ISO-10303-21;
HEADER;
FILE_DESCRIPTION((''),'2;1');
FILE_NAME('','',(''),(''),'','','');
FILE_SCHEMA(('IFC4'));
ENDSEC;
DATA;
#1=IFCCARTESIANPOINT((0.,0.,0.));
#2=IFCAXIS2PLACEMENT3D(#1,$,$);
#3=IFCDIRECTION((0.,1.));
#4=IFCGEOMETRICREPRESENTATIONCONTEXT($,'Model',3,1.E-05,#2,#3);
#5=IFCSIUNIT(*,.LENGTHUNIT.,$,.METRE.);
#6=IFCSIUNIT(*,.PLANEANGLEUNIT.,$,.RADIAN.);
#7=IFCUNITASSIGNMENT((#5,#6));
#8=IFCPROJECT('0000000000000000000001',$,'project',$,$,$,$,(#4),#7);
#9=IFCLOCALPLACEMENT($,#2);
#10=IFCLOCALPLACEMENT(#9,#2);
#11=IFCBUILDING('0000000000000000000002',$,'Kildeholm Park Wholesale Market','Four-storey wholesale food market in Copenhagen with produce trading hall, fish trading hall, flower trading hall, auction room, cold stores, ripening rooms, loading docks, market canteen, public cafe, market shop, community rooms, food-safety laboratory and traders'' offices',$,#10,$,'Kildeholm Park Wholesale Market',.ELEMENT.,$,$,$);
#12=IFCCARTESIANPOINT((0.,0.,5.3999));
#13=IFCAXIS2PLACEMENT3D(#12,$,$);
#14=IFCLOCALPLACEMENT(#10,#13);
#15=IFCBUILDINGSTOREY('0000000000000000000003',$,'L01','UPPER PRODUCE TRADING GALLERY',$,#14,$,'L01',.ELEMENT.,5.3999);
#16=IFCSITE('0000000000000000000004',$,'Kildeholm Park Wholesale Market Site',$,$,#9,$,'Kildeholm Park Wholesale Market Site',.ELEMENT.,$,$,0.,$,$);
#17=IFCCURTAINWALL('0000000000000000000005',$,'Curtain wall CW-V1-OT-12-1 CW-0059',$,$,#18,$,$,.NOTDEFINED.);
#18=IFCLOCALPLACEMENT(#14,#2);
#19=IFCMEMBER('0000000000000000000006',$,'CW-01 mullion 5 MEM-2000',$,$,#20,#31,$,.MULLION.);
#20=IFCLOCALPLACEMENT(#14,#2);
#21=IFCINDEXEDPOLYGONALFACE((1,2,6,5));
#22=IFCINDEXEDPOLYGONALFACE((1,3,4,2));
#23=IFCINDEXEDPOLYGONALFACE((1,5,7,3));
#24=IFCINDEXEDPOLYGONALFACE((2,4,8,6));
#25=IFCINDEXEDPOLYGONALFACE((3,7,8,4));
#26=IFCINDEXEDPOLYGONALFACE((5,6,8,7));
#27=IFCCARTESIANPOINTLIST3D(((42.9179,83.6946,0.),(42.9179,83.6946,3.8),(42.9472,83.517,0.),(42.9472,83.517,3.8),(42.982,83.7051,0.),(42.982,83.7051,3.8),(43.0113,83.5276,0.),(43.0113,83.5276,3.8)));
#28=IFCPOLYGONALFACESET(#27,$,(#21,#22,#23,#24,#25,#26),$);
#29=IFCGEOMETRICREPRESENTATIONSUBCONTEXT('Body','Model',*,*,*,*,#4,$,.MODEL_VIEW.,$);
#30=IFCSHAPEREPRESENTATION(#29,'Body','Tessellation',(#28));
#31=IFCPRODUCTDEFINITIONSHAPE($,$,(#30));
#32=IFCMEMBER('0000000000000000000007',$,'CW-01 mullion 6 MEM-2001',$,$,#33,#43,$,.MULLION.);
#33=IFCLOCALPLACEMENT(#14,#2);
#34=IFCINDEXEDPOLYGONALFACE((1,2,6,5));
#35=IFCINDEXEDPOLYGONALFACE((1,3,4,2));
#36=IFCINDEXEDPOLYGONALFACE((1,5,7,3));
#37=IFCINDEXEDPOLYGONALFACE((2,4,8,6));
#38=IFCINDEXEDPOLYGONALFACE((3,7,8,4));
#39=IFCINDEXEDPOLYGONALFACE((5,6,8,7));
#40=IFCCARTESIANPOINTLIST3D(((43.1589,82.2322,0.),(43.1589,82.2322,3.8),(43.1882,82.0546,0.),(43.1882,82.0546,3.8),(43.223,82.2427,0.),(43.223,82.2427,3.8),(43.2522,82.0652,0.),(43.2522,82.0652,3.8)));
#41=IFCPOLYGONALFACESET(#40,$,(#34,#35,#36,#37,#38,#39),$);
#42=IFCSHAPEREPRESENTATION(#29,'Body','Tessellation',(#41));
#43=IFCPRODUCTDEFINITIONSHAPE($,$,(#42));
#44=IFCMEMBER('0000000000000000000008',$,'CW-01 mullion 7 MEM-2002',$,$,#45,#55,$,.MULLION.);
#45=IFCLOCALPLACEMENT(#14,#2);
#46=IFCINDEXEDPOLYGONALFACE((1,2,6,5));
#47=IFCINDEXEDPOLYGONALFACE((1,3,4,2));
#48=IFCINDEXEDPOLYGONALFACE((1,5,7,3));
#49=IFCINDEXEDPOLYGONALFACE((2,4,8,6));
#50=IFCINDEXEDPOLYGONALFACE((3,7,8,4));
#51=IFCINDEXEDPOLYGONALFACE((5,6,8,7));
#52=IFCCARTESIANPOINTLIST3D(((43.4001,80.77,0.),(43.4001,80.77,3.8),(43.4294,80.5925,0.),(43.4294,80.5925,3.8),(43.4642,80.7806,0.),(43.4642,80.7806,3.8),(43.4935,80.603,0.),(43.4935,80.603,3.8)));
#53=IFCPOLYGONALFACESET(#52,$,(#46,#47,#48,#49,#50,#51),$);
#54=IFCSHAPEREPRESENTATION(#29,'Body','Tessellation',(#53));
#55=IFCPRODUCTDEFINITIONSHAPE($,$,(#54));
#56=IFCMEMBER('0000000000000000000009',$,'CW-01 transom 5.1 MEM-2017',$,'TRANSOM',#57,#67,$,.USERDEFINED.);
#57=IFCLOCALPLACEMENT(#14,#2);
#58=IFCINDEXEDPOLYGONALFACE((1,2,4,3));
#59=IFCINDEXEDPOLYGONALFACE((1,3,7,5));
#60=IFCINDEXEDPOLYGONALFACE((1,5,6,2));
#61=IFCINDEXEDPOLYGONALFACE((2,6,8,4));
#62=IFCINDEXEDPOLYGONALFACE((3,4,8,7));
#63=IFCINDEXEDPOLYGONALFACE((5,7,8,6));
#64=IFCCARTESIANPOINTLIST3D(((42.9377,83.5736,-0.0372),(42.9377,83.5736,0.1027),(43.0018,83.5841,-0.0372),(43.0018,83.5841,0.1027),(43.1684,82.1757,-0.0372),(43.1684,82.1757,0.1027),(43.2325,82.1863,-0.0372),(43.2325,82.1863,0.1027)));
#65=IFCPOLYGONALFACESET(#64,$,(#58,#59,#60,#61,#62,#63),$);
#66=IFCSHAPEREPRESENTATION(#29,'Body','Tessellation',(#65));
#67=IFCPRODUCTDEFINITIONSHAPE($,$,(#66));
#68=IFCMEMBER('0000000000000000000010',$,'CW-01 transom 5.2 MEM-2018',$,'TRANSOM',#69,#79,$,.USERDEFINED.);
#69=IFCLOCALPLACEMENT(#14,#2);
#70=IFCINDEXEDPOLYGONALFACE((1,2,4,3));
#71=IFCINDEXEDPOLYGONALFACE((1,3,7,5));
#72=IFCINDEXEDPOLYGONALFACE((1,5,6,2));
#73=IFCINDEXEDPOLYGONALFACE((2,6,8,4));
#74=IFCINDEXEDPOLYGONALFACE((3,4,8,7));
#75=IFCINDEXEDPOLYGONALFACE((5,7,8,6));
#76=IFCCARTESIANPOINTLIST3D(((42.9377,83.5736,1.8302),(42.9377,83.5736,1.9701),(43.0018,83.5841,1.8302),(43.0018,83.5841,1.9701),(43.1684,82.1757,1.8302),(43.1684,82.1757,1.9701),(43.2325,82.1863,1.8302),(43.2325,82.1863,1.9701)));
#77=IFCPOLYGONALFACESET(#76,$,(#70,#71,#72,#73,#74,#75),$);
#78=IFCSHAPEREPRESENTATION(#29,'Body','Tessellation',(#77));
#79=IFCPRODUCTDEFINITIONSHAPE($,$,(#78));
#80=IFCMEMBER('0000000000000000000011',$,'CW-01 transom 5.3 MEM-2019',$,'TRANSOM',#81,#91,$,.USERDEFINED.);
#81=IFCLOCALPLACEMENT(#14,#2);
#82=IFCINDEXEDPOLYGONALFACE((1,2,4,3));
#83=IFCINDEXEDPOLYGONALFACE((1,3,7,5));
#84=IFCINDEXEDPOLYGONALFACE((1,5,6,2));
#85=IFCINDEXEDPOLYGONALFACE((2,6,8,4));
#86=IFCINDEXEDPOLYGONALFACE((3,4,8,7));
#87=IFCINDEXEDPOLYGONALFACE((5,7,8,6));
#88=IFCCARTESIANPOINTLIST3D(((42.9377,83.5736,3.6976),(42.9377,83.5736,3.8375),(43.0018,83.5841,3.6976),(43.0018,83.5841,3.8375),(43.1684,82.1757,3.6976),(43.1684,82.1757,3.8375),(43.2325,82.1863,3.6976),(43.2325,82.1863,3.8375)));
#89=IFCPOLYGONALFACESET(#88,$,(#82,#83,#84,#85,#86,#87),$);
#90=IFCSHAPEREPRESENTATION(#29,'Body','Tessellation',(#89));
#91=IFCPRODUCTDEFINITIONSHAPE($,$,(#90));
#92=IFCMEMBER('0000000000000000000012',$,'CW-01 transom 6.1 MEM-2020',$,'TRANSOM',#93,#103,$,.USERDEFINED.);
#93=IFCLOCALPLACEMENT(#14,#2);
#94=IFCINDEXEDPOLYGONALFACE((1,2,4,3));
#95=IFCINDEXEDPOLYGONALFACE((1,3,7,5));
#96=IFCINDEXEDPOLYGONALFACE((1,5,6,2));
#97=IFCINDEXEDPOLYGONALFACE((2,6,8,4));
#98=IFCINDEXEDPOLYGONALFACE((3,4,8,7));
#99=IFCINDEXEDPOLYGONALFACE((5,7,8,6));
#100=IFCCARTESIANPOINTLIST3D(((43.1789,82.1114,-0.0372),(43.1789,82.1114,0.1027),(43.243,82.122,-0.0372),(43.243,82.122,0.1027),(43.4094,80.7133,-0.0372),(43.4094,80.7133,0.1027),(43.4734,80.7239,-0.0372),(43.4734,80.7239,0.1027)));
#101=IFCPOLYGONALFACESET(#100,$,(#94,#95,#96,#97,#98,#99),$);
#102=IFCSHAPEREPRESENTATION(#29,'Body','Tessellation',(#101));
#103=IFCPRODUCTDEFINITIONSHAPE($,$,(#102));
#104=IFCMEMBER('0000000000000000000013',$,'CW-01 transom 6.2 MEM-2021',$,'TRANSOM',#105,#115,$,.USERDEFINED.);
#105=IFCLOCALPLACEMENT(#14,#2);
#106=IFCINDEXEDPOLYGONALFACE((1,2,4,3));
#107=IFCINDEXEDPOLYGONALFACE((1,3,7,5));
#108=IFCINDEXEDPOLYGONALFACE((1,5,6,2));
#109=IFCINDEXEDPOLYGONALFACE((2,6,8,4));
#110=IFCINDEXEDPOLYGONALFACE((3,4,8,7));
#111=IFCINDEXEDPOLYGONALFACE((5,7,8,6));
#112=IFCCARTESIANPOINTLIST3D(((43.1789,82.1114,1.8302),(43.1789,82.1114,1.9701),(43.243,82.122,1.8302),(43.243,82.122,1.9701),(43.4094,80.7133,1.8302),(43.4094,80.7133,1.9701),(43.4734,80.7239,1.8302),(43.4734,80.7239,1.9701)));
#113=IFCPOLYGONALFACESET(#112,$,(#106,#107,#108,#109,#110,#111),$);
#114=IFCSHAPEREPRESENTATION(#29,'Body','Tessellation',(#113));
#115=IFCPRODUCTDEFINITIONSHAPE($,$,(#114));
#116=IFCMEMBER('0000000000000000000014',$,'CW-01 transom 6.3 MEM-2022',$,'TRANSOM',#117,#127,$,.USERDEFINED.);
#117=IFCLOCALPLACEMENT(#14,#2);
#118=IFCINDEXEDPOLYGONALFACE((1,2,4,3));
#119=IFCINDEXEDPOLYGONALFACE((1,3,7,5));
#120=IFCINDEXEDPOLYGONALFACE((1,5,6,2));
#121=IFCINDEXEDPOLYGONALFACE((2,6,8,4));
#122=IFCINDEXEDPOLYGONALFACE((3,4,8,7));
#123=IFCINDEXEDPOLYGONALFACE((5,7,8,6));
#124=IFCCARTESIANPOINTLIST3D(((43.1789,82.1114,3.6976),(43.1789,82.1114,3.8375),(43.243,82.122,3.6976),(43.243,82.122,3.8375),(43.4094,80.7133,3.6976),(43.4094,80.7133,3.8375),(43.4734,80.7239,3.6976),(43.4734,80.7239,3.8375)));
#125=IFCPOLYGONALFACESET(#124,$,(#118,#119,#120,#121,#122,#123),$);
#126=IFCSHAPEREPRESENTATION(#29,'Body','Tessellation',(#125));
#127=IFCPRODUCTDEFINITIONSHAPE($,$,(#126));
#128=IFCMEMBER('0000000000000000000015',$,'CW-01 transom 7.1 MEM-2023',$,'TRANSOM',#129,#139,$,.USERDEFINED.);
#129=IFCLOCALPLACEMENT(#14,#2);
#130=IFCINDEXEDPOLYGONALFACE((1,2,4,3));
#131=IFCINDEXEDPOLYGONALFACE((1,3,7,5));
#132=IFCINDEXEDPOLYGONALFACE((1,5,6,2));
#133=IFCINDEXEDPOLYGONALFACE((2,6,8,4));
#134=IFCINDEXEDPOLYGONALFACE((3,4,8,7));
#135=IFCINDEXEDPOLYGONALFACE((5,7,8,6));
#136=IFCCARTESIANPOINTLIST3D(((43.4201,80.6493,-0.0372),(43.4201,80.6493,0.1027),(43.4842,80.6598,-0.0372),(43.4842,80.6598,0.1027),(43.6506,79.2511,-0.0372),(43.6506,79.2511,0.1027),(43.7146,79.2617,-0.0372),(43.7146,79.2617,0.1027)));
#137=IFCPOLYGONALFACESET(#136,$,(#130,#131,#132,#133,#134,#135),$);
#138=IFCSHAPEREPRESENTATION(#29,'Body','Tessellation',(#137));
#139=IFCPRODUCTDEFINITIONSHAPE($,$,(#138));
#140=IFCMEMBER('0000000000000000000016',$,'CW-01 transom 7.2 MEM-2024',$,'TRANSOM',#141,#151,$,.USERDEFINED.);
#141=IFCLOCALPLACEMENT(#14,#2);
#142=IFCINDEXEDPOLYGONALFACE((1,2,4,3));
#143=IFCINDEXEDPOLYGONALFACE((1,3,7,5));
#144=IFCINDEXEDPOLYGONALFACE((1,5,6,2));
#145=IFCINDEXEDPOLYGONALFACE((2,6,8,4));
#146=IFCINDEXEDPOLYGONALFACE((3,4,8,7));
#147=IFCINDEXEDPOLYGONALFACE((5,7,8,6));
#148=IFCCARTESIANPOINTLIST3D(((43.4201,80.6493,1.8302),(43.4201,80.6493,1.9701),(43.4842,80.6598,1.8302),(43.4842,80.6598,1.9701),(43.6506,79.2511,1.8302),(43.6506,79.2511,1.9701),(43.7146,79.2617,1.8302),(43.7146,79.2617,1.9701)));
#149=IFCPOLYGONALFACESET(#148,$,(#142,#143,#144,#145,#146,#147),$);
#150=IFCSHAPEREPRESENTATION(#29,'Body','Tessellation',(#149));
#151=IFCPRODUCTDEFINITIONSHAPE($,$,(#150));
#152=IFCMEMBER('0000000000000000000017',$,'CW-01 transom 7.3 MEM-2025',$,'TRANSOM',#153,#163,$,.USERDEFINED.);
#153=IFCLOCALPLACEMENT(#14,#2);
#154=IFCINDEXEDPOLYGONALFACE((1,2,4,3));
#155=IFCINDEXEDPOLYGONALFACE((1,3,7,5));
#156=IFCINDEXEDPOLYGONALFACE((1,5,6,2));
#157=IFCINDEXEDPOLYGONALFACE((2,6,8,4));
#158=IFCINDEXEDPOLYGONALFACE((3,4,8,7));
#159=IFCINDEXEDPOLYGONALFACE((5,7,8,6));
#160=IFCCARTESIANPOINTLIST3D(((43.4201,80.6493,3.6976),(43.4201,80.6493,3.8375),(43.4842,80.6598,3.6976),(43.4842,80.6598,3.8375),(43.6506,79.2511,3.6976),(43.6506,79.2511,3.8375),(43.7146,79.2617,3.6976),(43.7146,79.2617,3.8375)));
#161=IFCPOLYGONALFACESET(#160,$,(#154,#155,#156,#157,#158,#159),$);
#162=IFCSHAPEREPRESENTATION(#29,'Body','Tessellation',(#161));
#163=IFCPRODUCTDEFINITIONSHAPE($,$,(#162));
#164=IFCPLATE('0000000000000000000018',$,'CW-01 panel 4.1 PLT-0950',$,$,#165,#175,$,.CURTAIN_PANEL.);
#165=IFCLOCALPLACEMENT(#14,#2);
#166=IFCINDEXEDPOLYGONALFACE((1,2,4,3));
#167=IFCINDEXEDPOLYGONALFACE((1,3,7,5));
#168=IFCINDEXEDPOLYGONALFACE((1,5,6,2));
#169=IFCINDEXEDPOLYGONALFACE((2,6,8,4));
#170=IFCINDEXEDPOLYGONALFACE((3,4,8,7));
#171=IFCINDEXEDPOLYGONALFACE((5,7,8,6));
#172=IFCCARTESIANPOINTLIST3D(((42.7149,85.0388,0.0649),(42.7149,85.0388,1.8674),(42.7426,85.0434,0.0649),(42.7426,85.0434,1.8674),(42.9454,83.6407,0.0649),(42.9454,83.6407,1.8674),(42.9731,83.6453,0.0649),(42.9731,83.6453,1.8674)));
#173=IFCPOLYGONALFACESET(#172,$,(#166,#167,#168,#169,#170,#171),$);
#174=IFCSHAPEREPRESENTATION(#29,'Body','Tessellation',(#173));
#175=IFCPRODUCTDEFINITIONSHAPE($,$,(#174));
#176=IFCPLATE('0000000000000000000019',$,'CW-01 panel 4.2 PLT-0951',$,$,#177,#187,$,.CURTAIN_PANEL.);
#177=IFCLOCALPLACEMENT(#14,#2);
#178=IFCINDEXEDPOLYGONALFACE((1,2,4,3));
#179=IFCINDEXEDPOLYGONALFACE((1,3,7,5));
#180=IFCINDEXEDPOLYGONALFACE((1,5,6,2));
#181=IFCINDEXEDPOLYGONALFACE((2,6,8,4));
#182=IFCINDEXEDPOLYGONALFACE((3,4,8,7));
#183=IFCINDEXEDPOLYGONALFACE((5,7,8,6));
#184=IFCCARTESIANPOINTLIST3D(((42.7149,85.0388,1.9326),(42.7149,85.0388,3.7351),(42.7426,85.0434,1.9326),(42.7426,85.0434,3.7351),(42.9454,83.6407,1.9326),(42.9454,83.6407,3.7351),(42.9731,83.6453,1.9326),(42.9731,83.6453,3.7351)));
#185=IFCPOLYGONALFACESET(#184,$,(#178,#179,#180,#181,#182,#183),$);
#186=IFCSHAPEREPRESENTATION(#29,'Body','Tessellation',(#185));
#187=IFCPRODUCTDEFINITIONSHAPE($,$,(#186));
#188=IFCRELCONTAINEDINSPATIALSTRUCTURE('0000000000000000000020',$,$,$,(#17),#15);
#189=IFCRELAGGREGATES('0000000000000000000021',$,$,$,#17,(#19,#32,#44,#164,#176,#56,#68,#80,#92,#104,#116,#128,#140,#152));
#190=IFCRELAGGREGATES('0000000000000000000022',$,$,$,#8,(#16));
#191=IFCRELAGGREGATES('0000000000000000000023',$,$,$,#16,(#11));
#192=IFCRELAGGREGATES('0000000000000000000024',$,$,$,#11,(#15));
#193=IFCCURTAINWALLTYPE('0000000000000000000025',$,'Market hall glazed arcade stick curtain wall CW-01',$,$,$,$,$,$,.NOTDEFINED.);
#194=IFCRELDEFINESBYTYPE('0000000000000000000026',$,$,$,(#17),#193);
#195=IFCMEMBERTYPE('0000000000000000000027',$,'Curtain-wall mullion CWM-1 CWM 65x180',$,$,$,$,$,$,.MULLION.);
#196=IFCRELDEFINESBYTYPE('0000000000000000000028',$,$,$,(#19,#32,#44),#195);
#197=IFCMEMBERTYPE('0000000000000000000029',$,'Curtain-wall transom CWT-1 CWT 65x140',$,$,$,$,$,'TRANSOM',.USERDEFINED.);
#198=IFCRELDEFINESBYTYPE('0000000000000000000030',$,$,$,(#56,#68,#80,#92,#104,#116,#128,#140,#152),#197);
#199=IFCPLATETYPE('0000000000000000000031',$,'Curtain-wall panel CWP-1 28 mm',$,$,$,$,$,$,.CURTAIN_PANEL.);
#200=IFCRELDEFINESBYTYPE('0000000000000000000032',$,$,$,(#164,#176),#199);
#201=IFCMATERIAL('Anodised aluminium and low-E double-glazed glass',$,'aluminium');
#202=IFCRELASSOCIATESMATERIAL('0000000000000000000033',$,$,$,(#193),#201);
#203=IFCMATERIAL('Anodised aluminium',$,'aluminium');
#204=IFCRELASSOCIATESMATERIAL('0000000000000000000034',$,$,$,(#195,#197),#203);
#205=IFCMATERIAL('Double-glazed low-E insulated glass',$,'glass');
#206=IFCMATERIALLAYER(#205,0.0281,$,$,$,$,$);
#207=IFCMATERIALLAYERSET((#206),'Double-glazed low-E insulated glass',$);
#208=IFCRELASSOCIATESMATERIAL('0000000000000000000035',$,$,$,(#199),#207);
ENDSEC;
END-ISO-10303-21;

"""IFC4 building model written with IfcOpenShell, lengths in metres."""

from ifc_helpers import new_model, si_unit, direction, frame, origin, origin_2d, place, context, subcontext, project, spatial, rectangle, extrude, material, layer, layer_set, material_profile, profile_set, type_object, element, aggregate, save


model = new_model("IFC4")

# Units and contexts
model_context = context("Model", 3, precision=1e-05, world=origin(), true_north=direction((0.0, 1.0)))
body_context = subcontext(model_context, "Body", "Model", "MODEL_VIEW")
ifc_project = project(units=[si_unit("LENGTHUNIT", "METRE"), si_unit("PLANEANGLEUNIT", "RADIAN")], contexts=[model_context])

# Site, building, storey
site_placement = place(None, origin())
site = spatial("IfcSite", under=ifc_project, at=site_placement, Name="Kildeholm Park Wholesale Market Site", LongName="Kildeholm Park Wholesale Market Site", CompositionType="ELEMENT", RefElevation=0.0)
building_placement = place(site_placement, origin())
building = spatial("IfcBuilding", under=site, at=building_placement, Name="Kildeholm Park Wholesale Market", Description="Four-storey wholesale food market in Copenhagen with produce trading hall, fish trading hall, flower trading hall, auction room, cold stores, ripening rooms, loading docks, market canteen, public cafe, market shop, community rooms, food-safety laboratory and traders' offices", LongName="Kildeholm Park Wholesale Market", CompositionType="ELEMENT")
storey_placement = place(building_placement, frame((0.0, 0.0, 5.3999)))
storey = spatial("IfcBuildingStorey", under=building, at=storey_placement, Name="L01", Description="UPPER PRODUCE TRADING GALLERY", LongName="L01", CompositionType="ELEMENT", Elevation=5.3999)

# Curtain wall, members, plates
ifc_material_1 = material(Name="Anodised aluminium and low-E double-glazed glass", Category="aluminium")
curtain_wall_type = type_object("IfcCurtainWallType", Name="Market hall glazed arcade stick curtain wall CW-01", PredefinedType="NOTDEFINED", material=ifc_material_1)
curtain_wall_placement = place(storey_placement, origin())
curtain_wall = element("IfcCurtainWall", 1, at=curtain_wall_placement, inside=storey, type_object=curtain_wall_type, Name="Curtain wall CW-V1-OT-12-1 CW-0059", PredefinedType="NOTDEFINED")
ifc_material_2 = material(Name="Anodised aluminium", Category="aluminium")
ifc_material_profile_1 = material_profile(ifc_material_2, rectangle(XDim=0.0649, YDim=0.1799, at=origin_2d()), Name="CWM 65x180")
ifc_profile_set_1 = profile_set([ifc_material_profile_1], Name="Anodised aluminium")
member_type_1 = type_object("IfcMemberType", Name="Curtain-wall mullion CWM-1 CWM 65x180", PredefinedType="MULLION", material=ifc_profile_set_1)
member_1_placement = place(storey_placement, frame((42.9646, 83.6111, 0.0), z_axis=(0.0, 0.0, 1.0), x_axis=(0.986675, 0.162703, 0.0)))
member_1 = element("IfcMember", 2, at=member_1_placement, type_object=member_type_1, Name="CW-01 mullion 5 MEM-2000", PredefinedType="MULLION", context=body_context, shape_type="SweptSolid", body=[
    extrude(rectangle(XDim=0.0649, YDim=0.1799, at=origin_2d()), origin(), (0.0, 0.0, 1.0), 3.8),
])
member_2_placement = place(storey_placement, frame((43.2056, 82.1487, 0.0), z_axis=(0.0, 0.0, 1.0), x_axis=(0.986675, 0.162703, 0.0)))
member_2 = element("IfcMember", 3, at=member_2_placement, type_object=member_type_1, Name="CW-01 mullion 6 MEM-2001", PredefinedType="MULLION", context=body_context, shape_type="SweptSolid", body=[
    extrude(rectangle(XDim=0.0649, YDim=0.1799, at=origin_2d()), origin(), (0.0, 0.0, 1.0), 3.8),
])
member_3_placement = place(storey_placement, frame((43.4468, 80.6865, 0.0), z_axis=(0.0, 0.0, 1.0), x_axis=(0.986675, 0.162703, 0.0)))
member_3 = element("IfcMember", 4, at=member_3_placement, type_object=member_type_1, Name="CW-01 mullion 7 MEM-2002", PredefinedType="MULLION", context=body_context, shape_type="SweptSolid", body=[
    extrude(rectangle(XDim=0.0649, YDim=0.1799, at=origin_2d()), origin(), (0.0, 0.0, 1.0), 3.8),
])
ifc_material_profile_2 = material_profile(ifc_material_2, rectangle(XDim=0.0649, YDim=0.1399, at=origin_2d()), Name="CWT 65x140")
ifc_profile_set_2 = profile_set([ifc_material_profile_2], Name="Anodised aluminium")
member_type_2 = type_object("IfcMemberType", Name="Curtain-wall transom CWT-1 CWT 65x140", ElementType="TRANSOM", PredefinedType="USERDEFINED", material=ifc_profile_set_2)
member_4_placement = place(storey_placement, frame((42.9697, 83.5789, 0.0327), z_axis=(0.162834, -0.986653, 0.0), x_axis=(0.986653, 0.162834, 0.0)))
member_4 = element("IfcMember", 5, at=member_4_placement, type_object=member_type_2, Name="CW-01 transom 5.1 MEM-2017", ObjectType="TRANSOM", PredefinedType="USERDEFINED", context=body_context, shape_type="SweptSolid", body=[
    extrude(rectangle(XDim=0.0649, YDim=0.1399, at=origin_2d()), origin(), (0.0, 0.0, 1.0), 1.4167),
])
member_5_placement = place(storey_placement, frame((42.9697, 83.5789, 1.9001), z_axis=(0.162834, -0.986653, 0.0), x_axis=(0.986653, 0.162834, 0.0)))
member_5 = element("IfcMember", 6, at=member_5_placement, type_object=member_type_2, Name="CW-01 transom 5.2 MEM-2018", ObjectType="TRANSOM", PredefinedType="USERDEFINED", context=body_context, shape_type="SweptSolid", body=[
    extrude(rectangle(XDim=0.0649, YDim=0.1399, at=origin_2d()), origin(), (0.0, 0.0, 1.0), 1.4167),
])
member_6_placement = place(storey_placement, frame((42.9697, 83.5789, 3.7676), z_axis=(0.162834, -0.986653, 0.0), x_axis=(0.986653, 0.162834, 0.0)))
member_6 = element("IfcMember", 7, at=member_6_placement, type_object=member_type_2, Name="CW-01 transom 5.3 MEM-2019", ObjectType="TRANSOM", PredefinedType="USERDEFINED", context=body_context, shape_type="SweptSolid", body=[
    extrude(rectangle(XDim=0.0649, YDim=0.1399, at=origin_2d()), origin(), (0.0, 0.0, 1.0), 1.4167),
])
member_7_placement = place(storey_placement, frame((43.2109, 82.1167, 0.0327), z_axis=(0.162639, -0.986686, 0.0), x_axis=(0.986686, 0.162639, 0.0)))
member_7 = element("IfcMember", 8, at=member_7_placement, type_object=member_type_2, Name="CW-01 transom 6.1 MEM-2020", ObjectType="TRANSOM", PredefinedType="USERDEFINED", context=body_context, shape_type="SweptSolid", body=[
    extrude(rectangle(XDim=0.0649, YDim=0.1399, at=origin_2d()), origin(), (0.0, 0.0, 1.0), 1.417),
])
member_8_placement = place(storey_placement, frame((43.2109, 82.1167, 1.9001), z_axis=(0.162639, -0.986686, 0.0), x_axis=(0.986686, 0.162639, 0.0)))
member_8 = element("IfcMember", 9, at=member_8_placement, type_object=member_type_2, Name="CW-01 transom 6.2 MEM-2021", ObjectType="TRANSOM", PredefinedType="USERDEFINED", context=body_context, shape_type="SweptSolid", body=[
    extrude(rectangle(XDim=0.0649, YDim=0.1399, at=origin_2d()), origin(), (0.0, 0.0, 1.0), 1.417),
])
member_9_placement = place(storey_placement, frame((43.2109, 82.1167, 3.7676), z_axis=(0.162639, -0.986686, 0.0), x_axis=(0.986686, 0.162639, 0.0)))
member_9 = element("IfcMember", 10, at=member_9_placement, type_object=member_type_2, Name="CW-01 transom 6.3 MEM-2022", ObjectType="TRANSOM", PredefinedType="USERDEFINED", context=body_context, shape_type="SweptSolid", body=[
    extrude(rectangle(XDim=0.0649, YDim=0.1399, at=origin_2d()), origin(), (0.0, 0.0, 1.0), 1.417),
])
member_10_placement = place(storey_placement, frame((43.4521, 80.6545, 0.0327), z_axis=(0.162639, -0.986686, 0.0), x_axis=(0.986686, 0.162639, 0.0)))
member_10 = element("IfcMember", 11, at=member_10_placement, type_object=member_type_2, Name="CW-01 transom 7.1 MEM-2023", ObjectType="TRANSOM", PredefinedType="USERDEFINED", context=body_context, shape_type="SweptSolid", body=[
    extrude(rectangle(XDim=0.0649, YDim=0.1399, at=origin_2d()), origin(), (0.0, 0.0, 1.0), 1.417),
])
member_11_placement = place(storey_placement, frame((43.4521, 80.6545, 1.9001), z_axis=(0.162639, -0.986686, 0.0), x_axis=(0.986686, 0.162639, 0.0)))
member_11 = element("IfcMember", 12, at=member_11_placement, type_object=member_type_2, Name="CW-01 transom 7.2 MEM-2024", ObjectType="TRANSOM", PredefinedType="USERDEFINED", context=body_context, shape_type="SweptSolid", body=[
    extrude(rectangle(XDim=0.0649, YDim=0.1399, at=origin_2d()), origin(), (0.0, 0.0, 1.0), 1.417),
])
member_12_placement = place(storey_placement, frame((43.4521, 80.6545, 3.7676), z_axis=(0.162639, -0.986686, 0.0), x_axis=(0.986686, 0.162639, 0.0)))
member_12 = element("IfcMember", 13, at=member_12_placement, type_object=member_type_2, Name="CW-01 transom 7.3 MEM-2025", ObjectType="TRANSOM", PredefinedType="USERDEFINED", context=body_context, shape_type="SweptSolid", body=[
    extrude(rectangle(XDim=0.0649, YDim=0.1399, at=origin_2d()), origin(), (0.0, 0.0, 1.0), 1.417),
])
ifc_material_3 = material(Name="Double-glazed low-E insulated glass", Category="glass")
ifc_layer = layer(ifc_material_3, 0.0281)
ifc_layer_set = layer_set([ifc_layer], Name="Double-glazed low-E insulated glass")
plate_type = type_object("IfcPlateType", Name="Curtain-wall panel CWP-1 28 mm", PredefinedType="CURTAIN_PANEL", material=ifc_layer_set)
plate_1_placement = place(storey_placement, frame((42.844, 84.342, 0.0649), z_axis=(0.0, 0.0, 1.0), x_axis=(0.162703, -0.986675, 0.0)))
plate_1 = element("IfcPlate", 14, at=plate_1_placement, type_object=plate_type, Name="CW-01 panel 4.1 PLT-0950", PredefinedType="CURTAIN_PANEL", context=body_context, shape_type="SweptSolid", body=[
    extrude(rectangle(XDim=1.417, YDim=0.0281, at=origin_2d()), origin(), (0.0, 0.0, 1.0), 1.8025),
])
plate_2_placement = place(storey_placement, frame((42.844, 84.342, 1.9326), z_axis=(0.0, 0.0, 1.0), x_axis=(0.162703, -0.986675, 0.0)))
plate_2 = element("IfcPlate", 15, at=plate_2_placement, type_object=plate_type, Name="CW-01 panel 4.2 PLT-0951", PredefinedType="CURTAIN_PANEL", context=body_context, shape_type="SweptSolid", body=[
    extrude(rectangle(XDim=1.417, YDim=0.0281, at=origin_2d()), origin(), (0.0, 0.0, 1.0), 1.8025),
])
aggregate(curtain_wall, [member_1, member_2, member_3, plate_1, plate_2, member_4, member_5, member_6, member_7, member_8, member_9, member_10, member_11, member_12])

save(model, "model.ifc")
